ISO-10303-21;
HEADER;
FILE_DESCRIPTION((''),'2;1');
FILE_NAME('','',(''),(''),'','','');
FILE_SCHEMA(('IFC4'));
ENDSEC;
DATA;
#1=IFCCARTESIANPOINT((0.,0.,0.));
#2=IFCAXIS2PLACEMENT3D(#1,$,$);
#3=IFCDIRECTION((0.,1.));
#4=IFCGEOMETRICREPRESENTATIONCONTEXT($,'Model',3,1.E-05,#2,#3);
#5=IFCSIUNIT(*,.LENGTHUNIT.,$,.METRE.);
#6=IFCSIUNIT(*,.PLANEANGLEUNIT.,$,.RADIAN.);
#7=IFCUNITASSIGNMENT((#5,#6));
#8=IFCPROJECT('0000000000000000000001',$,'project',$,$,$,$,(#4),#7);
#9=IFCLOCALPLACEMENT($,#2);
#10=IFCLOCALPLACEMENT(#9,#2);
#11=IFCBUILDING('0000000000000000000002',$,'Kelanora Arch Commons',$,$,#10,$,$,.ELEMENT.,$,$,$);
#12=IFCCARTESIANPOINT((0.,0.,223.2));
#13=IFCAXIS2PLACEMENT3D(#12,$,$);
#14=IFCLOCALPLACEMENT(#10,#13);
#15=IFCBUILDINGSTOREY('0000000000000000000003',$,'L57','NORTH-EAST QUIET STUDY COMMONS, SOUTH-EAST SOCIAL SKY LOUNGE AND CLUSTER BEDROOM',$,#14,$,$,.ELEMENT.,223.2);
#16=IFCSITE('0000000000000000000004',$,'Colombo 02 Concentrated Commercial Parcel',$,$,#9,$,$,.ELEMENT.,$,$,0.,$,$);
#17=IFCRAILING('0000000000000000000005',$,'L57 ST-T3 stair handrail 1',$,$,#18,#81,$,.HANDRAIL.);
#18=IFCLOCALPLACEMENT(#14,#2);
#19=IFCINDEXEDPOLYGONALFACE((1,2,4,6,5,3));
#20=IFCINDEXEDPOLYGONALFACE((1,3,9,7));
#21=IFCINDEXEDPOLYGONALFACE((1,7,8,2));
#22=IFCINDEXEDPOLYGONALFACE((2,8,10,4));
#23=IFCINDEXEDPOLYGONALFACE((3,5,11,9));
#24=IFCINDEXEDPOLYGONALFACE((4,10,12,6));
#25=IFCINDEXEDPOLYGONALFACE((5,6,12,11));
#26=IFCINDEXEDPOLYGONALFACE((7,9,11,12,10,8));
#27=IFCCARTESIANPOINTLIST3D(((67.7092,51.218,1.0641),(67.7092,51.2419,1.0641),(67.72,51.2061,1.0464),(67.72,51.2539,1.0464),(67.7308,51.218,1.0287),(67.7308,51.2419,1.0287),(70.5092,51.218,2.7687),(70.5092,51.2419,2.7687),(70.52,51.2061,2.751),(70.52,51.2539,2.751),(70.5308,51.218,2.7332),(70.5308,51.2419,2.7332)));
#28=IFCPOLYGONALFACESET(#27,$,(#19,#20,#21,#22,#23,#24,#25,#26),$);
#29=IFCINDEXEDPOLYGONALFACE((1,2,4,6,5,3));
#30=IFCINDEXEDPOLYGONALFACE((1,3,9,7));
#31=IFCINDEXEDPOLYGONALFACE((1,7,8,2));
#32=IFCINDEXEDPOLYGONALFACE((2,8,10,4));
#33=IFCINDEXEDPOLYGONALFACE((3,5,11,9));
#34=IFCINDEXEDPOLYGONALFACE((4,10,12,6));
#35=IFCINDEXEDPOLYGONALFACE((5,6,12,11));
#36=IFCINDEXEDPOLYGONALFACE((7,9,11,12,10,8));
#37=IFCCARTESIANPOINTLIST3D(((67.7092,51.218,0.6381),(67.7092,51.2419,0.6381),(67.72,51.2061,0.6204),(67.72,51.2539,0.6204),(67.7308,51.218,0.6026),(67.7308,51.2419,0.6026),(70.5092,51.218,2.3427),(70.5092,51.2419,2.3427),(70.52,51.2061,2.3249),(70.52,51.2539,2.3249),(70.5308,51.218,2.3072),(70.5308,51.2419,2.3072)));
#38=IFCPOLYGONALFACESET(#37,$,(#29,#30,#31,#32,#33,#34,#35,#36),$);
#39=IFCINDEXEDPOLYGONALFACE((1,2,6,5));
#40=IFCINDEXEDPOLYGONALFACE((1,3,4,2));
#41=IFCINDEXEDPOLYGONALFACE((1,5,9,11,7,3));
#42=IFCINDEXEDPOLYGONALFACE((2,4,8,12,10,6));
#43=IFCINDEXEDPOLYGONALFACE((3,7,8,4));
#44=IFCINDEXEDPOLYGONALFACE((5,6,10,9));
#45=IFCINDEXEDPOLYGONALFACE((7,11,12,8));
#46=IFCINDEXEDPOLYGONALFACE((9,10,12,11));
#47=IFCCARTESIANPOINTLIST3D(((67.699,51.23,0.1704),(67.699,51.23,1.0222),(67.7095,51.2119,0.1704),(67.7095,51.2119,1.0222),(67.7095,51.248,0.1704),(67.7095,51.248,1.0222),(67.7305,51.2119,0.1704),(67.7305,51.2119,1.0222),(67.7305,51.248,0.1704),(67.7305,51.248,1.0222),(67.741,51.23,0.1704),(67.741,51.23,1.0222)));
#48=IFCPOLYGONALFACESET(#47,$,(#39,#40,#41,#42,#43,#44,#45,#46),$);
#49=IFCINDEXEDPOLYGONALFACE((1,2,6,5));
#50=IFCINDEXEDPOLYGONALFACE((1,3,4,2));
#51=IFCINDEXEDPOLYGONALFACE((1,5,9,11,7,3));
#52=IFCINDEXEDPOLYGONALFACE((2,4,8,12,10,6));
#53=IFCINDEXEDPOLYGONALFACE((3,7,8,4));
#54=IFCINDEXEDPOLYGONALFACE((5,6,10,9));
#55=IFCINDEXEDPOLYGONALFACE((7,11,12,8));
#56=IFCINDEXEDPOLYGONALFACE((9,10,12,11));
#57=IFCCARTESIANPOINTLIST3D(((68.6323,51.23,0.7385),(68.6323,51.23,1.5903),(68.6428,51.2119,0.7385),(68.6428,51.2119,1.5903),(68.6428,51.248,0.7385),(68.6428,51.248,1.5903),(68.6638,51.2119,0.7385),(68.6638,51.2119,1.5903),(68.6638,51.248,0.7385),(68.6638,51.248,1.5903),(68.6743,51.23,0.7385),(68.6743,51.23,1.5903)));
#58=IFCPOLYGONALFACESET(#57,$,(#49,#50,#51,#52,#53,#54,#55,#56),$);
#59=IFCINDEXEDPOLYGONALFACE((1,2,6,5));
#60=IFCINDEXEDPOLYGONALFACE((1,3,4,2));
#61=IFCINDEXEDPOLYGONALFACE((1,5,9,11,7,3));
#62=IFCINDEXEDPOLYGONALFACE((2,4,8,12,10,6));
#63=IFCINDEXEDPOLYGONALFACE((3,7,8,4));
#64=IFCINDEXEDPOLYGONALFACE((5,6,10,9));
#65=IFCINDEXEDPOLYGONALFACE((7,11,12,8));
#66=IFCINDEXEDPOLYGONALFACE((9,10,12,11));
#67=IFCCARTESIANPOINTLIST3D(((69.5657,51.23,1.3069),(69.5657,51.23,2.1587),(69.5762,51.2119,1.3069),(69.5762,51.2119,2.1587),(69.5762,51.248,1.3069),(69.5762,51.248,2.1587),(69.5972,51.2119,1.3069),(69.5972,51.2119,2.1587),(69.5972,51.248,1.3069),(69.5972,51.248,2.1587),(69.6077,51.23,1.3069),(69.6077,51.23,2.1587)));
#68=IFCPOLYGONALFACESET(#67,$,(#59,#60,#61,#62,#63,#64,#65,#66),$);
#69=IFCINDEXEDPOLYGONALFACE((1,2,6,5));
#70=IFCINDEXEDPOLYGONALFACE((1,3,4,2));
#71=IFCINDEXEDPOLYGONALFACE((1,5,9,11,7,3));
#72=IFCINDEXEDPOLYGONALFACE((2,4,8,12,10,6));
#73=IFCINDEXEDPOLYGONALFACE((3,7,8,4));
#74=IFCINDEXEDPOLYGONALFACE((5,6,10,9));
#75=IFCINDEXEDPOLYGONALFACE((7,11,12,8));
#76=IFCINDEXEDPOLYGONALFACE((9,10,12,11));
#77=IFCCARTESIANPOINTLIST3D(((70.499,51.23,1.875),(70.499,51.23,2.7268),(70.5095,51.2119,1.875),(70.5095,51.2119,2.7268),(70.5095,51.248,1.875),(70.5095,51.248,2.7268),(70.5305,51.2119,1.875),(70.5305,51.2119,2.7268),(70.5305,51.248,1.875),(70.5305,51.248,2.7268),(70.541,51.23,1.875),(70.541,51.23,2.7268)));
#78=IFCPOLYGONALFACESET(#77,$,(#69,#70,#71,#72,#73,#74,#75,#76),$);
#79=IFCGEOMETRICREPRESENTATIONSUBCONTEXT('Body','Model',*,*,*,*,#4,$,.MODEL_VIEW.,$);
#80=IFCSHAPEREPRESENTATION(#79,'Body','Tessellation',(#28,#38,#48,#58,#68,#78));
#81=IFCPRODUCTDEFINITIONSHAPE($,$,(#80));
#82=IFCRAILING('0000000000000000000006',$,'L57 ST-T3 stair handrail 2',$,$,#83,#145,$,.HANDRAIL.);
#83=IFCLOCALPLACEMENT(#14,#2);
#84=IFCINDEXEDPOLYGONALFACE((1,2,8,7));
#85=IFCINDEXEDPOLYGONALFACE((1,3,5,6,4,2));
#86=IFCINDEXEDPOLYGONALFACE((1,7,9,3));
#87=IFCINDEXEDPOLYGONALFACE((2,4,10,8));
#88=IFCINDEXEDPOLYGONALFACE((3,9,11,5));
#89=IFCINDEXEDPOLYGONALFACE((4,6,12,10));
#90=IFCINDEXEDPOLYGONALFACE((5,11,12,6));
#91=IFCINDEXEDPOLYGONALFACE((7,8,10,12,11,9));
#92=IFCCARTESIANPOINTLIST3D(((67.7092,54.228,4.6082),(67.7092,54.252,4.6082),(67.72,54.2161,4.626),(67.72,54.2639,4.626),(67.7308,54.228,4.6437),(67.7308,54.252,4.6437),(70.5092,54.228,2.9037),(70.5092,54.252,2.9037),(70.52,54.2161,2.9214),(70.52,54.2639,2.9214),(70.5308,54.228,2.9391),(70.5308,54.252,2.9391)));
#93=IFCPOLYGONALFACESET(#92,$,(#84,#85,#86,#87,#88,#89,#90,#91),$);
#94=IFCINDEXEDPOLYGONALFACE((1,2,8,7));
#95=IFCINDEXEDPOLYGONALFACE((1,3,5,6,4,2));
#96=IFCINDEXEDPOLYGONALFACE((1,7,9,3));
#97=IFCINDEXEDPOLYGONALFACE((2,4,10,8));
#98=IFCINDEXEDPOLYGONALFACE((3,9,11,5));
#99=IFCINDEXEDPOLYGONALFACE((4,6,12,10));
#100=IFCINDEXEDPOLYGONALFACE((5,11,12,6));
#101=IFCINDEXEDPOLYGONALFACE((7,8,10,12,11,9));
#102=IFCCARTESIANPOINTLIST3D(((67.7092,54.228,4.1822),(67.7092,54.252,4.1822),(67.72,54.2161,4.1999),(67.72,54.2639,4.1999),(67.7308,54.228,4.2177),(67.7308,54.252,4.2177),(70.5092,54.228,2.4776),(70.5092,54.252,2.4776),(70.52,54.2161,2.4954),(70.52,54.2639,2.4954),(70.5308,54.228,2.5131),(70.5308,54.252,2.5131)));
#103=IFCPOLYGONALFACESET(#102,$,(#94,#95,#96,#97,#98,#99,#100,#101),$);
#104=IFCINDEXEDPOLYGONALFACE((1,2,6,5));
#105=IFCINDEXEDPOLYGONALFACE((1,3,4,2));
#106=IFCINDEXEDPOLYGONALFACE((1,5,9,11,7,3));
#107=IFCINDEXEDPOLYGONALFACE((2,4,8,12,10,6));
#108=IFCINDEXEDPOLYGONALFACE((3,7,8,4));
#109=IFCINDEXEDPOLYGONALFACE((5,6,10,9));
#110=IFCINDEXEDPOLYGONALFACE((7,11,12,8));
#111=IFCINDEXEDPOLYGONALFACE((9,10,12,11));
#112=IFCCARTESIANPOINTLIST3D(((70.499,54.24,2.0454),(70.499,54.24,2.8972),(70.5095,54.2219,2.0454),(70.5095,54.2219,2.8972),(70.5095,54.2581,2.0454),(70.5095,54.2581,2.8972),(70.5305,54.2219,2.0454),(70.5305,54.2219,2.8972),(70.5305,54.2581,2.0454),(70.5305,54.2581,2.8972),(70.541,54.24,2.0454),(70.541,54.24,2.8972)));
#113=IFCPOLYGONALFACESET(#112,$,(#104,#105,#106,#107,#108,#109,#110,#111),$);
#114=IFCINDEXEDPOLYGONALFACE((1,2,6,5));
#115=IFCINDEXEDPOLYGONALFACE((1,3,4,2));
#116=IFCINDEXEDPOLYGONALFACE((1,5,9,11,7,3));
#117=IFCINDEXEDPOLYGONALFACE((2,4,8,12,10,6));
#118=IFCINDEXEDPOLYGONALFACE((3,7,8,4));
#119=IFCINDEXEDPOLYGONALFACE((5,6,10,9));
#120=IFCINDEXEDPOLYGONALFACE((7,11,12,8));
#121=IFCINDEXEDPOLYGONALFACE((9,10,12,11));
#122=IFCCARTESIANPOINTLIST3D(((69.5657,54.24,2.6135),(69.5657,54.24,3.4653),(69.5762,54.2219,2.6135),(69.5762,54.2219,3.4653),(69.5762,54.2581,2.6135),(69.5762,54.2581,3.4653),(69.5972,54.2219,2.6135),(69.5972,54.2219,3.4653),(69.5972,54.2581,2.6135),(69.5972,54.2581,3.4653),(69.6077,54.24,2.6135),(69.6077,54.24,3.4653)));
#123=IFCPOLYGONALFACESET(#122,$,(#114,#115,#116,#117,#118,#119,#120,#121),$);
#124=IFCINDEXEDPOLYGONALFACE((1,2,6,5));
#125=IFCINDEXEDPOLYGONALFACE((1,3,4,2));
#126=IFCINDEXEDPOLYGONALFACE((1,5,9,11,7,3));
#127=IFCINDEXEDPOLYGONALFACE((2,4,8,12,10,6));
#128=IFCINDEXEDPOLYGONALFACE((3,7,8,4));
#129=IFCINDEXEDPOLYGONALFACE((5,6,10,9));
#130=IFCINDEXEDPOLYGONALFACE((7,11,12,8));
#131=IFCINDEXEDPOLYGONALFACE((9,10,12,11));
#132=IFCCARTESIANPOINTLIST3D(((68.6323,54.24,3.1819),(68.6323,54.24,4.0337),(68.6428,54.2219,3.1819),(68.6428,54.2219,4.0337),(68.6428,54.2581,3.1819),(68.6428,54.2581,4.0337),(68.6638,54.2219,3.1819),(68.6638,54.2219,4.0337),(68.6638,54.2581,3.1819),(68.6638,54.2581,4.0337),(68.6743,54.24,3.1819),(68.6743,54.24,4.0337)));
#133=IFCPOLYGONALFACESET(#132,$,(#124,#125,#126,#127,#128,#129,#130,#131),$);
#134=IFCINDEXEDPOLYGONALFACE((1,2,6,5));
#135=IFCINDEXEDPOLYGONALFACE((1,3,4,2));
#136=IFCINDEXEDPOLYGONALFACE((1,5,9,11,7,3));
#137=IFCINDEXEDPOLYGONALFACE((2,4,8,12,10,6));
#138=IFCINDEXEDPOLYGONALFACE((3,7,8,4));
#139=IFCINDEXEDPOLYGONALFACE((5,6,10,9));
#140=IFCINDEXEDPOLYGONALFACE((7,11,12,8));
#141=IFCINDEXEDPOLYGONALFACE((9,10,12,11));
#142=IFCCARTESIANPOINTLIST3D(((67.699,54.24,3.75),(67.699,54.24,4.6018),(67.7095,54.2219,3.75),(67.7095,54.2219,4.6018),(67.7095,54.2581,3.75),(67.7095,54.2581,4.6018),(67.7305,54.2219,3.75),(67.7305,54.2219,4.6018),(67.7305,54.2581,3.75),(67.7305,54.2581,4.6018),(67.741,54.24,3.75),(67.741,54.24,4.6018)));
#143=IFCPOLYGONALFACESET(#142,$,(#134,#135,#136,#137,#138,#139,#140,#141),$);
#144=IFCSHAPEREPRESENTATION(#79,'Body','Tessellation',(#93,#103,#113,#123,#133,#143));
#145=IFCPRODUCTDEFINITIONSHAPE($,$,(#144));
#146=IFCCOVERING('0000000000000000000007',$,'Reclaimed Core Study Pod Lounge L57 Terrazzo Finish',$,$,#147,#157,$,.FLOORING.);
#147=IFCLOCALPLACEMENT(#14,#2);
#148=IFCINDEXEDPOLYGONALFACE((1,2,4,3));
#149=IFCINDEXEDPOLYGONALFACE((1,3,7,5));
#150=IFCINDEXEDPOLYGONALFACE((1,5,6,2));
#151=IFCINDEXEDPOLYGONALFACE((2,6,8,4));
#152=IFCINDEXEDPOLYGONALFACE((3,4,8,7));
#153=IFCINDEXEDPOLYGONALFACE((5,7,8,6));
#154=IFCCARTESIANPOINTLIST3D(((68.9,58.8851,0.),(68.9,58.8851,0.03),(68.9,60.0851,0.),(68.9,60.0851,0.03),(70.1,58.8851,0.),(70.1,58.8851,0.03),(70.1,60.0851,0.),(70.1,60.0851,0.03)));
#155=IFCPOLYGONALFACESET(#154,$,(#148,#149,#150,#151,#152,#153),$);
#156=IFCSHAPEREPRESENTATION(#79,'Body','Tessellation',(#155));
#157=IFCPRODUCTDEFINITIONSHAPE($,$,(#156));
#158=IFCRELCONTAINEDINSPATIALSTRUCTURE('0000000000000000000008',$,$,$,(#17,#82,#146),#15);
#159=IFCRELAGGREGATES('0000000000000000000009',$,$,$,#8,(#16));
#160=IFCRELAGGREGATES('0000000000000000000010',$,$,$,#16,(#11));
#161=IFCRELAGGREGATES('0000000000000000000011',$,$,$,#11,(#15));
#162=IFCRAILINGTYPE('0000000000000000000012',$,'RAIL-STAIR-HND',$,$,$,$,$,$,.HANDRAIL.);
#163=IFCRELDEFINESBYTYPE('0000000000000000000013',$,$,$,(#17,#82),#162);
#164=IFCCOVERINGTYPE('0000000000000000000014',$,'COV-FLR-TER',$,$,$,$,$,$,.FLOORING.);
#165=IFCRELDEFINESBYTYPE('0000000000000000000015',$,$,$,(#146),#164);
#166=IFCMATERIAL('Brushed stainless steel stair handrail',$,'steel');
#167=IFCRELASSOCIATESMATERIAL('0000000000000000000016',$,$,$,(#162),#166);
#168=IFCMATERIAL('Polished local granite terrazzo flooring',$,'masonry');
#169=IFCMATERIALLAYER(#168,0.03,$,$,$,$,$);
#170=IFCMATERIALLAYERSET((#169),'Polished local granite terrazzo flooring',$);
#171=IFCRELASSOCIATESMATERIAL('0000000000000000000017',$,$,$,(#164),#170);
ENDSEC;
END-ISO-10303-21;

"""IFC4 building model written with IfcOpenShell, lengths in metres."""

from ifc_helpers import new_model, si_unit, direction, frame, origin, origin_2d, place, context, subcontext, project, spatial, polyline, rectangle, outline, extrude, source, transform, mapped, material, layer, layer_set, type_object, element, save


model = new_model("IFC4")

# Units and contexts
model_context = context("Model", 3, precision=1e-05, world=origin(), true_north=direction((0.0, 1.0)))
body_context = subcontext(model_context, "Body", "Model", "MODEL_VIEW")
ifc_project = project(units=[si_unit("LENGTHUNIT", "METRE"), si_unit("PLANEANGLEUNIT", "RADIAN")], contexts=[model_context])

# Site, building, storey
site_placement = place(None, origin())
site = spatial("IfcSite", under=ifc_project, at=site_placement, Name="Colombo 02 Concentrated Commercial Parcel", CompositionType="ELEMENT", RefElevation=0.0)
building_placement = place(site_placement, origin())
building = spatial("IfcBuilding", under=site, at=building_placement, Name="Kelanora Arch Commons", CompositionType="ELEMENT")
storey_placement = place(building_placement, frame((0.0, 0.0, 223.2)))
storey = spatial("IfcBuildingStorey", under=building, at=storey_placement, Name="L57", Description="NORTH-EAST QUIET STUDY COMMONS, SOUTH-EAST SOCIAL SKY LOUNGE AND CLUSTER BEDROOM", CompositionType="ELEMENT", Elevation=223.2)

# Railings
ifc_material_1 = material(Name="Brushed stainless steel stair handrail", Category="steel")
railing_type_1 = type_object("IfcRailingType", Name="RAIL-STAIR-HND", PredefinedType="HANDRAIL", material=ifc_material_1)
railing_1_placement = place(storey_placement, frame((67.72, 51.23, 0.1704)))
element("IfcRailing", 1, at=railing_1_placement, inside=storey, type_object=railing_type_1, Name="L57 ST-T3 stair handrail 1", PredefinedType="HANDRAIL", context=body_context, shape_type="SweptSolid", body=[
    extrude(outline(polyline([(0.0239, 0.0), (0.012, 0.0208), (-0.012, 0.0208), (-0.0239, 0.0), (-0.012, -0.0208), (0.012, -0.0208), (0.0239, 0.0)])), frame((0.0, 0.0, 0.876), z_axis=(0.85417, 0.0, 0.519994), x_axis=(0.0, 1.0, 0.0)), (0.0, 0.0, 1.0), 3.2781),
    extrude(outline(polyline([(0.0239, 0.0), (0.012, 0.0208), (-0.012, 0.0208), (-0.0239, 0.0), (-0.012, -0.0208), (0.012, -0.0208), (0.0239, 0.0)])), frame((0.0, 0.0, 0.45), z_axis=(0.85417, 0.0, 0.519994), x_axis=(0.0, 1.0, 0.0)), (0.0, 0.0, 1.0), 3.2781),
    extrude(outline(polyline([(0.021, 0.0), (0.0105, 0.0181), (-0.0105, 0.0181), (-0.021, 0.0), (-0.0105, -0.0181), (0.0105, -0.0181), (0.021, 0.0)])), origin(), (0.0, 0.0, 1.0), 0.8518),
    extrude(outline(polyline([(0.021, 0.0), (0.0105, 0.0181), (-0.0105, 0.0181), (-0.021, 0.0), (-0.0105, -0.0181), (0.0105, -0.0181), (0.021, 0.0)])), frame((0.9333, 0.0, 0.5681)), (0.0, 0.0, 1.0), 0.8518),
    extrude(outline(polyline([(0.021, 0.0), (0.0105, 0.0181), (-0.0105, 0.0181), (-0.021, 0.0), (-0.0105, -0.0181), (0.0105, -0.0181), (0.021, 0.0)])), frame((1.8667, 0.0, 1.1365)), (0.0, 0.0, 1.0), 0.8518),
    extrude(outline(polyline([(0.021, 0.0), (0.0105, 0.0181), (-0.0105, 0.0181), (-0.021, 0.0), (-0.0105, -0.0181), (0.0105, -0.0181), (0.021, 0.0)])), frame((2.8, 0.0, 1.7046)), (0.0, 0.0, 1.0), 0.8518),
])
railing_2_placement = place(storey_placement, frame((70.52, 54.24, 2.0454)))
element("IfcRailing", 2, at=railing_2_placement, inside=storey, type_object=railing_type_1, Name="L57 ST-T3 stair handrail 2", PredefinedType="HANDRAIL", context=body_context, shape_type="SweptSolid", body=[
    extrude(outline(polyline([(0.0239, 0.0), (0.012, 0.0208), (-0.012, 0.0208), (-0.0239, 0.0), (-0.012, -0.0208), (0.012, -0.0208), (0.0239, 0.0)])), frame((0.0, 0.0, 0.876), z_axis=(-0.85417, 0.0, 0.519994), x_axis=(0.0, -1.0, 0.0)), (0.0, 0.0, 1.0), 3.2781),
    extrude(outline(polyline([(0.0239, 0.0), (0.012, 0.0208), (-0.012, 0.0208), (-0.0239, 0.0), (-0.012, -0.0208), (0.012, -0.0208), (0.0239, 0.0)])), frame((0.0, 0.0, 0.45), z_axis=(-0.85417, 0.0, 0.519994), x_axis=(0.0, -1.0, 0.0)), (0.0, 0.0, 1.0), 3.2781),
    extrude(outline(polyline([(0.021, 0.0), (0.0105, 0.0181), (-0.0105, 0.0181), (-0.021, 0.0), (-0.0105, -0.0181), (0.0105, -0.0181), (0.021, 0.0)])), origin(), (0.0, 0.0, 1.0), 0.8518),
    extrude(outline(polyline([(0.021, 0.0), (0.0105, 0.0181), (-0.0105, 0.0181), (-0.021, 0.0), (-0.0105, -0.0181), (0.0105, -0.0181), (0.021, 0.0)])), frame((-0.9333, 0.0, 0.5681)), (0.0, 0.0, 1.0), 0.8518),
    extrude(outline(polyline([(0.021, 0.0), (0.0105, 0.0181), (-0.0105, 0.0181), (-0.021, 0.0), (-0.0105, -0.0181), (0.0105, -0.0181), (0.021, 0.0)])), frame((-1.8667, 0.0, 1.1365)), (0.0, 0.0, 1.0), 0.8518),
    extrude(outline(polyline([(0.021, 0.0), (0.0105, 0.0181), (-0.0105, 0.0181), (-0.021, 0.0), (-0.0105, -0.0181), (0.0105, -0.0181), (0.021, 0.0)])), frame((-2.8, 0.0, 1.7046)), (0.0, 0.0, 1.0), 0.8518),
])

# Covering
ifc_material_2 = material(Name="Polished local granite terrazzo flooring", Category="masonry")
ifc_layer_1 = layer(ifc_material_2, 0.03)
ifc_layer_set_1 = layer_set([ifc_layer_1], Name="Polished local granite terrazzo flooring")
covering_type = type_object("IfcCoveringType", Name="COV-FLR-TER", PredefinedType="FLOORING", material=ifc_layer_set_1)
shared_shape = source(origin(), body_context, "Body", "SweptSolid", [
    extrude(rectangle(XDim=1.2, YDim=1.2, at=origin_2d()), origin(), (0.0, 0.0, 1.0), 0.03),
])
covering_placement = place(storey_placement, frame((69.5, 59.4851, 0.0), z_axis=(0.0, 0.0, 1.0), x_axis=(1.0, 0.0, 0.0)))
element("IfcCovering", 3, at=covering_placement, inside=storey, type_object=covering_type, Name="Reclaimed Core Study Pod Lounge L57 Terrazzo Finish", PredefinedType="FLOORING", context=body_context, shape_type="MappedRepresentation", body=[
    mapped(shared_shape, transform((0.0, 0.0, 0.0), scale=1.0)),
])

save(model, "model.ifc")
